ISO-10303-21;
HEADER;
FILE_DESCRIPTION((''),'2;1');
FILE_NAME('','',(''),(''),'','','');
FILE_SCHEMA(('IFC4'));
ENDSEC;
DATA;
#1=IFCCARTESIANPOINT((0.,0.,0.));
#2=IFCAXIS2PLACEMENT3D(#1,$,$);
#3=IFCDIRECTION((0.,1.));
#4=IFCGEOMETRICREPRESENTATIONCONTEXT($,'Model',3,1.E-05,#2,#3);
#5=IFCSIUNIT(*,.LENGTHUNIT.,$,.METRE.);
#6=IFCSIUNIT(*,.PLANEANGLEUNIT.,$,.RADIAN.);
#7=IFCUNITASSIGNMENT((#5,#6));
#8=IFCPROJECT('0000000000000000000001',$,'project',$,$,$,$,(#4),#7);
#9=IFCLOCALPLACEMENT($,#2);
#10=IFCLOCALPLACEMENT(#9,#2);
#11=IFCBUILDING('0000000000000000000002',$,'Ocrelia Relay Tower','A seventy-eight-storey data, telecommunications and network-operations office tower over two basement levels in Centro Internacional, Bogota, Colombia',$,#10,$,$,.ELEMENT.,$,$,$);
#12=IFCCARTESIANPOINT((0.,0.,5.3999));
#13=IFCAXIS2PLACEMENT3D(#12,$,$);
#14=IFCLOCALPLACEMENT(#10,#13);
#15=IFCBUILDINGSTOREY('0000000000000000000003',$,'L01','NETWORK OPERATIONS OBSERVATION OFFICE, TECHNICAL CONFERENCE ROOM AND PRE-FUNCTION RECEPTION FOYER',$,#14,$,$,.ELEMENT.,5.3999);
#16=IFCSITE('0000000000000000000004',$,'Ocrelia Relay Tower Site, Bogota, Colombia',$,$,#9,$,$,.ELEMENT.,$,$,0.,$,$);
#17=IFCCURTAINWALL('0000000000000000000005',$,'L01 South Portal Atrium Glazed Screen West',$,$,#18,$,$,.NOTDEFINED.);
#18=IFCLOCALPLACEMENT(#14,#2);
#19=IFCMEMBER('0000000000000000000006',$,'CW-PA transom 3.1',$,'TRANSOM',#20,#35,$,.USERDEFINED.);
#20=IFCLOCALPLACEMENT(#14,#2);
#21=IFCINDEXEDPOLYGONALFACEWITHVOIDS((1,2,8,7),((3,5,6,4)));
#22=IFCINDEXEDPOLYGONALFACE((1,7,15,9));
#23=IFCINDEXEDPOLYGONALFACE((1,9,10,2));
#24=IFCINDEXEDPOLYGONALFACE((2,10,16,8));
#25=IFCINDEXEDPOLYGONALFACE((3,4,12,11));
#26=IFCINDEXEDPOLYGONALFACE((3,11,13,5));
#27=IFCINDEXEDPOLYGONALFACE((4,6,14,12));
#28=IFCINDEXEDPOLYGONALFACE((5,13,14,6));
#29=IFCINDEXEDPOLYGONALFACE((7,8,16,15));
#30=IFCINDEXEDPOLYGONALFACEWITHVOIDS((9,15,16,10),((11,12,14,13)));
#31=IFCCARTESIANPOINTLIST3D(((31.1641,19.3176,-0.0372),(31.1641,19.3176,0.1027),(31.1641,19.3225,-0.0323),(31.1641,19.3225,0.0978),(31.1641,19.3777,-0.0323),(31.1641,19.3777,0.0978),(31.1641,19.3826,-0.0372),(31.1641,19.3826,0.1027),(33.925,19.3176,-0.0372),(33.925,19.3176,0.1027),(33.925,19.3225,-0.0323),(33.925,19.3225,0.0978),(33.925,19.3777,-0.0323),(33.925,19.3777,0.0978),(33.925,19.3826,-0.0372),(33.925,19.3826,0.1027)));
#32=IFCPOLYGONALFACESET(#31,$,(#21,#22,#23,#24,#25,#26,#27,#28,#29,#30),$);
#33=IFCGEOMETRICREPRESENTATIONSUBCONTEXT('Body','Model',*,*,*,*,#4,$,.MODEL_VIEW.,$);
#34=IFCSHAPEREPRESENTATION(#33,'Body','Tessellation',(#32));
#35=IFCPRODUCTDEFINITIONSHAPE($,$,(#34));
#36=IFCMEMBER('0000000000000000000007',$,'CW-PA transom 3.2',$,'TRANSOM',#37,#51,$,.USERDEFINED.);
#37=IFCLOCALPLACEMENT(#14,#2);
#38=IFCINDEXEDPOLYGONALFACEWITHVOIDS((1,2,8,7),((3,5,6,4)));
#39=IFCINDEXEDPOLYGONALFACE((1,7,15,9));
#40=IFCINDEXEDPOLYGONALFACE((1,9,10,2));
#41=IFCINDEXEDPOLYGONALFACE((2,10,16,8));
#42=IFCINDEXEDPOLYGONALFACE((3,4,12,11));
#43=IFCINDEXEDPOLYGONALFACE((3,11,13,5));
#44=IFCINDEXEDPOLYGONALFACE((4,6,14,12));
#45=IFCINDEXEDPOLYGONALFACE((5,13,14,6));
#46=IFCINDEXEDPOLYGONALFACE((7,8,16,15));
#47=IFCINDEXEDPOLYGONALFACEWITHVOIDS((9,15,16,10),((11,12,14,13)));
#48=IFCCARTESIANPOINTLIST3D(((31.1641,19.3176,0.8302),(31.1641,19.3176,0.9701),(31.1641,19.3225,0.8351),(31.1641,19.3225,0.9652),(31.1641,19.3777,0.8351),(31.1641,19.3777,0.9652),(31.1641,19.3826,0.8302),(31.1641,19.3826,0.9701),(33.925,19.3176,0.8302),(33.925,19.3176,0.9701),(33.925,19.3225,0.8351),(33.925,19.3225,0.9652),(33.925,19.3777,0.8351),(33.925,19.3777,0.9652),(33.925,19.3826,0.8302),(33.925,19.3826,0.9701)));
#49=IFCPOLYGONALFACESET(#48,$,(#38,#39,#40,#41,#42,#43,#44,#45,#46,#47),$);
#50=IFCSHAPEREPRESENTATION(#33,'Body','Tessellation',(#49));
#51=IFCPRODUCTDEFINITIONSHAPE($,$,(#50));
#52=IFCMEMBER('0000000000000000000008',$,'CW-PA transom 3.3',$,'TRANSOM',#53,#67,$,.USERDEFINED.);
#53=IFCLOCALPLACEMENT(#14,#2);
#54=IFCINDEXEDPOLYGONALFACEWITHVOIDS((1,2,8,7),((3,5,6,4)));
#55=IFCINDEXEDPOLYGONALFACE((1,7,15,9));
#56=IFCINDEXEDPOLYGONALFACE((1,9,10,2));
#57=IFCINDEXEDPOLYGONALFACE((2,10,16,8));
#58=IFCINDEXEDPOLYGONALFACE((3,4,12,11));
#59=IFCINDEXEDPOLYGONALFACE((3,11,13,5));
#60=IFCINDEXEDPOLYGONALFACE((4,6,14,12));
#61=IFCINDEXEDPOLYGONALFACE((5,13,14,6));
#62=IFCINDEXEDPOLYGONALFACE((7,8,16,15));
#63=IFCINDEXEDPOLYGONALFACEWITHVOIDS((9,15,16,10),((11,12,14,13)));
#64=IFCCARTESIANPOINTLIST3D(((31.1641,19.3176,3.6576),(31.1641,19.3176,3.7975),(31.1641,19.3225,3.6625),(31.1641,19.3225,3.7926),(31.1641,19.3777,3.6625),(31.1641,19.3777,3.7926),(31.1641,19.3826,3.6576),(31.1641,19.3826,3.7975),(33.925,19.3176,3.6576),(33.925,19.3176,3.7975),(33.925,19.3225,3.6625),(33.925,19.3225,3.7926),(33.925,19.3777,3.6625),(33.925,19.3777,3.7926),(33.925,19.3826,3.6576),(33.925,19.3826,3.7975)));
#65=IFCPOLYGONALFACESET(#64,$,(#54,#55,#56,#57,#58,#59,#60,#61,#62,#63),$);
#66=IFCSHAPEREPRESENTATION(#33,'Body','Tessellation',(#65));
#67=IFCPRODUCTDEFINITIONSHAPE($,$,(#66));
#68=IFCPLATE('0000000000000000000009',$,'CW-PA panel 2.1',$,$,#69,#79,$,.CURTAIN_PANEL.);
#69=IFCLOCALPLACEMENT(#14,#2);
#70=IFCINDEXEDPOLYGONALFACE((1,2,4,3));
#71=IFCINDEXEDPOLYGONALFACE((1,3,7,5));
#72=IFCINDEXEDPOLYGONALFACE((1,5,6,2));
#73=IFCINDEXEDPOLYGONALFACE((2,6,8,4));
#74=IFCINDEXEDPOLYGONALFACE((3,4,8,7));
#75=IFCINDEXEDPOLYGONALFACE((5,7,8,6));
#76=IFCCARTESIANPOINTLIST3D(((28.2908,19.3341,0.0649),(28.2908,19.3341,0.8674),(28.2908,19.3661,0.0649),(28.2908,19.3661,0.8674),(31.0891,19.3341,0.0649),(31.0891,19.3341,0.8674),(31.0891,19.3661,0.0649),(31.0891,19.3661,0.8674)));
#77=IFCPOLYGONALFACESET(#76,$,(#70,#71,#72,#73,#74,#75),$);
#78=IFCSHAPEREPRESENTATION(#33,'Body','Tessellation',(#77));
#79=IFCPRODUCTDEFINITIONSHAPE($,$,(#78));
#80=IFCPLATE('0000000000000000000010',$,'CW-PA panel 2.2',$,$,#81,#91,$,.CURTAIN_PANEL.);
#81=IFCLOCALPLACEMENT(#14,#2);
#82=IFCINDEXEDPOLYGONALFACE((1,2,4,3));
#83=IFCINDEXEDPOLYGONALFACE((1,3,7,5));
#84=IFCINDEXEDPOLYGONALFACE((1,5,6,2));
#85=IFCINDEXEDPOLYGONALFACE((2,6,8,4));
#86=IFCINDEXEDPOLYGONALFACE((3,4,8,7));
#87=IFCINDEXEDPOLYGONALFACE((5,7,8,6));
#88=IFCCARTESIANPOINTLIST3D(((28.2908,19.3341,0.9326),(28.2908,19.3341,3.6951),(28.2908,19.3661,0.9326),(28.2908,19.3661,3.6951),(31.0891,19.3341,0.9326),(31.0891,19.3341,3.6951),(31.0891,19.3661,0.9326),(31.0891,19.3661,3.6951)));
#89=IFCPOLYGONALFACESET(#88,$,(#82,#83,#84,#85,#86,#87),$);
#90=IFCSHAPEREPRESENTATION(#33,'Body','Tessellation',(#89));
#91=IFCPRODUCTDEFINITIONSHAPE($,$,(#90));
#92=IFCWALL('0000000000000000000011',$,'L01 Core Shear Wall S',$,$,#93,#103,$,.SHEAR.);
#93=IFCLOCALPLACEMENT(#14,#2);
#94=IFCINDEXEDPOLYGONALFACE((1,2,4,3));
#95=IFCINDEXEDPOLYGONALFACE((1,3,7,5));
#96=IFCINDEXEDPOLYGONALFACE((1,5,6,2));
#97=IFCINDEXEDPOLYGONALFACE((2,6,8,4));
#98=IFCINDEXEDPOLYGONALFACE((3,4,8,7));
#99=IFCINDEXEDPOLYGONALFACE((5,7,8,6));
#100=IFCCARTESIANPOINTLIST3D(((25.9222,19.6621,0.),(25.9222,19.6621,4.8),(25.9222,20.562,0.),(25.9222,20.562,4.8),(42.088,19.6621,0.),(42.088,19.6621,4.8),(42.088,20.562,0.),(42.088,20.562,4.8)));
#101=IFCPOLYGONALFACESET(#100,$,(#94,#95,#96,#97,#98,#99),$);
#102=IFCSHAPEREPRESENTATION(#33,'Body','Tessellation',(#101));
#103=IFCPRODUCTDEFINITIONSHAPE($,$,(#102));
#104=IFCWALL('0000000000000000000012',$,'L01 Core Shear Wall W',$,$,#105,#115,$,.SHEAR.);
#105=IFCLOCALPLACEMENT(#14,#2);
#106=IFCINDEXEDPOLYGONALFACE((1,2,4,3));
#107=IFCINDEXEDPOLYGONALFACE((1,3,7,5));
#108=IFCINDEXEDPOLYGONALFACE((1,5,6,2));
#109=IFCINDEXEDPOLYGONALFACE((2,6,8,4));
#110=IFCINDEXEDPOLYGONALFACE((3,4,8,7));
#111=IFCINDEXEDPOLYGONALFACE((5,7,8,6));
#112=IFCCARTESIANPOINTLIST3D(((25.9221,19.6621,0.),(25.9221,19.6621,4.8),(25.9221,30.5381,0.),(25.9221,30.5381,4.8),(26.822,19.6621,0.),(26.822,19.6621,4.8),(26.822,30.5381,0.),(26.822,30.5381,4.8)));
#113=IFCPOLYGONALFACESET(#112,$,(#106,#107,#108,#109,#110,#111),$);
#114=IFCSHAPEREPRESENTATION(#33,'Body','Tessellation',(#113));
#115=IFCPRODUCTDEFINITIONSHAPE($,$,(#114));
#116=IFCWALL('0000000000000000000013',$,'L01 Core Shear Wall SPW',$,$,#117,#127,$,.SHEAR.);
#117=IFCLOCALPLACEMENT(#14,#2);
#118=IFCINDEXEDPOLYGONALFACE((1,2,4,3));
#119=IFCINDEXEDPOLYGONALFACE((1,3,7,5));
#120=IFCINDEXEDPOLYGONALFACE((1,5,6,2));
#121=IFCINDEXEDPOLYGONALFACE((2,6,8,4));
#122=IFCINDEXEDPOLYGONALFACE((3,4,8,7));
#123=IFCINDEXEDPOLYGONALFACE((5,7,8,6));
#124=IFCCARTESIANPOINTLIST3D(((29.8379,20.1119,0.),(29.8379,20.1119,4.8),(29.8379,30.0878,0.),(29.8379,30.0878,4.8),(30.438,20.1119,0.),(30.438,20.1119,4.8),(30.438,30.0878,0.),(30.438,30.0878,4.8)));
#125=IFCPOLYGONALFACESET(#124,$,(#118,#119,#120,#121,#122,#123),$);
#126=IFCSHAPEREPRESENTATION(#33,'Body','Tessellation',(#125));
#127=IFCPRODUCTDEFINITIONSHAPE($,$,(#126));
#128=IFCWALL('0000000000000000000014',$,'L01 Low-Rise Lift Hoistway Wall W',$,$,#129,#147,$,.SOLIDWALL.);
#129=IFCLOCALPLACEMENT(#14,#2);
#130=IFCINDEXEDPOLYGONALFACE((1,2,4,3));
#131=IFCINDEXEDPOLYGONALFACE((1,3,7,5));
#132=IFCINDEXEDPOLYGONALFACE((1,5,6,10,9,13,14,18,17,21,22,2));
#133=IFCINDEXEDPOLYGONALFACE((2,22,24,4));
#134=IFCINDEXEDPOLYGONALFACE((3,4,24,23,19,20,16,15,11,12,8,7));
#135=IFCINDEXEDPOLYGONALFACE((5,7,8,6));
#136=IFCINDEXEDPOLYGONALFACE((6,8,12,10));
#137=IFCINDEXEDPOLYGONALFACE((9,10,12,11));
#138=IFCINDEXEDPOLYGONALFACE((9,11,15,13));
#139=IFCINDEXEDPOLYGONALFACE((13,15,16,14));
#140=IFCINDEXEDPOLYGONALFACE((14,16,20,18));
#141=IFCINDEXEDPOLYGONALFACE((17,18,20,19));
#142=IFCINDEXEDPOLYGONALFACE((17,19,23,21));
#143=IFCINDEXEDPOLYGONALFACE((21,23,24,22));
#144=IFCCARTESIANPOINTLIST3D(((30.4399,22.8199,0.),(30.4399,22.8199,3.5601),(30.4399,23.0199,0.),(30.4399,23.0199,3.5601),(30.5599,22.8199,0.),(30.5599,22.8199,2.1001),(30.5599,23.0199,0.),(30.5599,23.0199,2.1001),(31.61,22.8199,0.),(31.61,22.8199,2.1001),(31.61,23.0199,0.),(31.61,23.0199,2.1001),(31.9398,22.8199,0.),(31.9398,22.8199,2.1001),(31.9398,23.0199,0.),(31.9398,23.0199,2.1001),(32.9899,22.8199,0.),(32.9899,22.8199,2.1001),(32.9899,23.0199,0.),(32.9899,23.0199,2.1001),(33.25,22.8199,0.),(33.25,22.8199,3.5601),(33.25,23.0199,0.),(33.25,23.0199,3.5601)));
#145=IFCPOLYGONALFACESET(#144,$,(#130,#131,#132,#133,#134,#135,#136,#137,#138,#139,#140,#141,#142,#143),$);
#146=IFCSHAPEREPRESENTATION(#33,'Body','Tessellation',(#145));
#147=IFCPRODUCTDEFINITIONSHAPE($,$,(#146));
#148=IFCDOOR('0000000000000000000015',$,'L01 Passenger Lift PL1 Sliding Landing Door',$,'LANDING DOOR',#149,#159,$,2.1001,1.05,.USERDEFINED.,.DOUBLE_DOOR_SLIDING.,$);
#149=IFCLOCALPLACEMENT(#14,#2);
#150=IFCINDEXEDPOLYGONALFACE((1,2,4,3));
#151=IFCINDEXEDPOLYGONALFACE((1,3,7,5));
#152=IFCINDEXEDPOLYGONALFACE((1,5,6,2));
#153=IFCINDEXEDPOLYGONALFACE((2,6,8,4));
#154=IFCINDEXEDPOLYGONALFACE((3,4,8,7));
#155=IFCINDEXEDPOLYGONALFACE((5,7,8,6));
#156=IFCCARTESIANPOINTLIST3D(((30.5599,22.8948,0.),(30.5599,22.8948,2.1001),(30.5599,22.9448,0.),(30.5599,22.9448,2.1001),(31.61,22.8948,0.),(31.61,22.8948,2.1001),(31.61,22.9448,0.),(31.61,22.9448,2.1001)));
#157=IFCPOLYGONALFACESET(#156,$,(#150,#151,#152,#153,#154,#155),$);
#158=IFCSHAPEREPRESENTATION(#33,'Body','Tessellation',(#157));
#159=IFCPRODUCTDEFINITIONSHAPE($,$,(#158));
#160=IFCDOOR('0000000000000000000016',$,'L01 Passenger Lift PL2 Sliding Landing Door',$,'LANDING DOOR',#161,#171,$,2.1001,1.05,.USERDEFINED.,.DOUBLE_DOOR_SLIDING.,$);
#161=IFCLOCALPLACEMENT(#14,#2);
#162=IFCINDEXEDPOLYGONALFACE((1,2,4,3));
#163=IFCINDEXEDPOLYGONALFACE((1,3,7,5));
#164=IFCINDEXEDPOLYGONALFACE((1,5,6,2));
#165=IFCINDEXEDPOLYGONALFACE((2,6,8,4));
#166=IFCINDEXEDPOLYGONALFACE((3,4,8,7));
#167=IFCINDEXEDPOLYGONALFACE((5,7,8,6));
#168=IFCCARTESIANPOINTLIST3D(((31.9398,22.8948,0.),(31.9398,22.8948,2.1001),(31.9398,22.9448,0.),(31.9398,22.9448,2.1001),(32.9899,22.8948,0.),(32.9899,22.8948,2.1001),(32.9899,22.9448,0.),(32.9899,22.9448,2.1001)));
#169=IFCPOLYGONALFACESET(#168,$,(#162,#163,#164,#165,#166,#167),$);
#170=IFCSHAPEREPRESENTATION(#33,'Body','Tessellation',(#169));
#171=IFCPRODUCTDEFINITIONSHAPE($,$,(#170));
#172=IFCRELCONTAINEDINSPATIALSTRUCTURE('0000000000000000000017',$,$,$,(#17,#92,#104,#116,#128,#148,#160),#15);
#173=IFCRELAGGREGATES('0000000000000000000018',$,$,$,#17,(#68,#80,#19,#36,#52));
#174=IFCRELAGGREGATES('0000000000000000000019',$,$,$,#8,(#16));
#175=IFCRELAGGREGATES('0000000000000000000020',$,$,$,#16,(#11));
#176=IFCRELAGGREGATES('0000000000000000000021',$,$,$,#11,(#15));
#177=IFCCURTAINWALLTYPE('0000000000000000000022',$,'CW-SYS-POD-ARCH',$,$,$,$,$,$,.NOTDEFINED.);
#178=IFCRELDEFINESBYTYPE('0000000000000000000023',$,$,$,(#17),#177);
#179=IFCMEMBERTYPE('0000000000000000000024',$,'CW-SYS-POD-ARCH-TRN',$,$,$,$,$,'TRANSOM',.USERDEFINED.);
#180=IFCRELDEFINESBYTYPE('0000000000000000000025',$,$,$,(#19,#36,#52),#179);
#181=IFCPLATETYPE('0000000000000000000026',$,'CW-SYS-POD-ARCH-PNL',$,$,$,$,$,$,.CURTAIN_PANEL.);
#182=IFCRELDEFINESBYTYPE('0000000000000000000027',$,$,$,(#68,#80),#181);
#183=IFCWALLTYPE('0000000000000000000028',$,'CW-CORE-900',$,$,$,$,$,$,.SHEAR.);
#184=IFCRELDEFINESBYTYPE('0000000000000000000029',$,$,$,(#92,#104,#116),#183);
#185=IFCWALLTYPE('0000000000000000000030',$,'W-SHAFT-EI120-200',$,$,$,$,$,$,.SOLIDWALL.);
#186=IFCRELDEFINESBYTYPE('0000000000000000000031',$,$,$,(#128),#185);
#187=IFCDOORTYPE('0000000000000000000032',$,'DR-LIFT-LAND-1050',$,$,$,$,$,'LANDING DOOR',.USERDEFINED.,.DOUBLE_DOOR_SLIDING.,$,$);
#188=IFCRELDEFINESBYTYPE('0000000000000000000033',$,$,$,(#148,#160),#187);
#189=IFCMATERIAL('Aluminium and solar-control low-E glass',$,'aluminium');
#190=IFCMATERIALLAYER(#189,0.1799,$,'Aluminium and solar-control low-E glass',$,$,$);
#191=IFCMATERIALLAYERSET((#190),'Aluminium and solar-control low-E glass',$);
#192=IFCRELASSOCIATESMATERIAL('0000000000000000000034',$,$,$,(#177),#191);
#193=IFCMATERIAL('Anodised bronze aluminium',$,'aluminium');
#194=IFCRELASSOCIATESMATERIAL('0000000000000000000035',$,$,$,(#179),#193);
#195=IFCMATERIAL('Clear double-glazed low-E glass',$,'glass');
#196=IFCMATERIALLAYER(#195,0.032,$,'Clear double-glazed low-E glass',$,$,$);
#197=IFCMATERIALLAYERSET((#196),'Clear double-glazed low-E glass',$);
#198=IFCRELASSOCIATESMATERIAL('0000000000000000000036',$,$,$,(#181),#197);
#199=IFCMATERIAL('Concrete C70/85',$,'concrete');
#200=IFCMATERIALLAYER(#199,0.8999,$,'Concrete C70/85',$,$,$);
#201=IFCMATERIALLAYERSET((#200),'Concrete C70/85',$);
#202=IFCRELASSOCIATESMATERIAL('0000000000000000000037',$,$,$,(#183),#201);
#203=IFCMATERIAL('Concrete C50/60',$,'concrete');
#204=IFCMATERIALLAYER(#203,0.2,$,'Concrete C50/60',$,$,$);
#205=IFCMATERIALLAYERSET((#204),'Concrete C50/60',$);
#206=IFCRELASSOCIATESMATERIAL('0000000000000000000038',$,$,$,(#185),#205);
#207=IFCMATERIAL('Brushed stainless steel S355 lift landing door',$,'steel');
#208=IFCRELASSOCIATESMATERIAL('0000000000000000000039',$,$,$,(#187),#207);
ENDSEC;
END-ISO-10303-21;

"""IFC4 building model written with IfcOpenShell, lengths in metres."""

from ifc_helpers import new_model, si_unit, direction, frame, frame_2d, origin, origin_2d, place, context, subcontext, project, spatial, rectangle, hollow_rectangle, extrude, material, layer, layer_set, material_profile, profile_set, type_object, element, fill, aggregate, save


model = new_model("IFC4")

# Units and contexts
model_context = context("Model", 3, precision=1e-05, world=origin(), true_north=direction((0.0, 1.0)))
body_context = subcontext(model_context, "Body", "Model", "MODEL_VIEW")
ifc_project = project(units=[si_unit("LENGTHUNIT", "METRE"), si_unit("PLANEANGLEUNIT", "RADIAN")], contexts=[model_context])

# Site, building, storey
site_placement = place(None, origin())
site = spatial("IfcSite", under=ifc_project, at=site_placement, Name="Ocrelia Relay Tower Site, Bogota, Colombia", CompositionType="ELEMENT", RefElevation=0.0)
building_placement = place(site_placement, origin())
building = spatial("IfcBuilding", under=site, at=building_placement, Name="Ocrelia Relay Tower", Description="A seventy-eight-storey data, telecommunications and network-operations office tower over two basement levels in Centro Internacional, Bogota, Colombia", CompositionType="ELEMENT")
storey_placement = place(building_placement, frame((0.0, 0.0, 5.3999)))
storey = spatial("IfcBuildingStorey", under=building, at=storey_placement, Name="L01", Description="NETWORK OPERATIONS OBSERVATION OFFICE, TECHNICAL CONFERENCE ROOM AND PRE-FUNCTION RECEPTION FOYER", CompositionType="ELEMENT", Elevation=5.3999)

# Curtain wall, members, plates
ifc_material_1 = material(Name="Aluminium and solar-control low-E glass", Category="aluminium")
ifc_layer_1 = layer(ifc_material_1, 0.1799, Name="Aluminium and solar-control low-E glass")
ifc_layer_set_1 = layer_set([ifc_layer_1], Name="Aluminium and solar-control low-E glass")
curtain_wall_type = type_object("IfcCurtainWallType", Name="CW-SYS-POD-ARCH", PredefinedType="NOTDEFINED", material=ifc_layer_set_1)
curtain_wall_placement = place(storey_placement, origin())
curtain_wall = element("IfcCurtainWall", 1, at=curtain_wall_placement, inside=storey, type_object=curtain_wall_type, Name="L01 South Portal Atrium Glazed Screen West", PredefinedType="NOTDEFINED")
ifc_material_2 = material(Name="Anodised bronze aluminium", Category="aluminium")
ifc_material_profile_1 = material_profile(ifc_material_2, hollow_rectangle(XDim=0.0649, YDim=0.1399, WallThickness=0.0049, at=origin_2d()), Name="CW-TRN-140x65")
ifc_profile_set_1 = profile_set([ifc_material_profile_1], Name="Anodised bronze aluminium")
member_type_1 = type_object("IfcMemberType", Name="CW-SYS-POD-ARCH-TRN", ElementType="TRANSOM", PredefinedType="USERDEFINED", material=ifc_profile_set_1)
member_1_placement = place(storey_placement, frame((31.1641, 19.3501, 0.0327), z_axis=(1.0, 0.0, 0.0), x_axis=(0.0, 1.0, 0.0)))
member_1 = element("IfcMember", 2, at=member_1_placement, type_object=member_type_1, Name="CW-PA transom 3.1", ObjectType="TRANSOM", PredefinedType="USERDEFINED", context=body_context, shape_type="SweptSolid", body=[
    extrude(hollow_rectangle(XDim=0.0649, YDim=0.1399, WallThickness=0.0049, at=origin_2d()), origin(), (0.0, 0.0, 1.0), 2.761),
])
member_2_placement = place(storey_placement, frame((31.1641, 19.3501, 0.9001), z_axis=(1.0, 0.0, 0.0), x_axis=(0.0, 1.0, 0.0)))
member_2 = element("IfcMember", 3, at=member_2_placement, type_object=member_type_1, Name="CW-PA transom 3.2", ObjectType="TRANSOM", PredefinedType="USERDEFINED", context=body_context, shape_type="SweptSolid", body=[
    extrude(hollow_rectangle(XDim=0.0649, YDim=0.1399, WallThickness=0.0049, at=origin_2d()), origin(), (0.0, 0.0, 1.0), 2.761),
])
member_3_placement = place(storey_placement, frame((31.1641, 19.3501, 3.7275), z_axis=(1.0, 0.0, 0.0), x_axis=(0.0, 1.0, 0.0)))
member_3 = element("IfcMember", 4, at=member_3_placement, type_object=member_type_1, Name="CW-PA transom 3.3", ObjectType="TRANSOM", PredefinedType="USERDEFINED", context=body_context, shape_type="SweptSolid", body=[
    extrude(hollow_rectangle(XDim=0.0649, YDim=0.1399, WallThickness=0.0049, at=origin_2d()), origin(), (0.0, 0.0, 1.0), 2.761),
])
ifc_material_3 = material(Name="Clear double-glazed low-E glass", Category="glass")
ifc_layer_2 = layer(ifc_material_3, 0.032, Name="Clear double-glazed low-E glass")
ifc_layer_set_2 = layer_set([ifc_layer_2], Name="Clear double-glazed low-E glass")
plate_type = type_object("IfcPlateType", Name="CW-SYS-POD-ARCH-PNL", PredefinedType="CURTAIN_PANEL", material=ifc_layer_set_2)
plate_1_placement = place(storey_placement, frame((29.6899, 19.3501, 0.0649), z_axis=(0.0, 0.0, 1.0), x_axis=(1.0, 0.0, 0.0)))
plate_1 = element("IfcPlate", 5, at=plate_1_placement, type_object=plate_type, Name="CW-PA panel 2.1", PredefinedType="CURTAIN_PANEL", context=body_context, shape_type="SweptSolid", body=[
    extrude(rectangle(XDim=2.7983, YDim=0.032, at=origin_2d()), origin(), (0.0, 0.0, 1.0), 0.8025),
])
plate_2_placement = place(storey_placement, frame((29.6899, 19.3501, 0.9326), z_axis=(0.0, 0.0, 1.0), x_axis=(1.0, 0.0, 0.0)))
plate_2 = element("IfcPlate", 6, at=plate_2_placement, type_object=plate_type, Name="CW-PA panel 2.2", PredefinedType="CURTAIN_PANEL", context=body_context, shape_type="SweptSolid", body=[
    extrude(rectangle(XDim=2.7983, YDim=0.032, at=origin_2d()), origin(), (0.0, 0.0, 1.0), 2.7625),
])
aggregate(curtain_wall, [plate_1, plate_2, member_1, member_2, member_3])

# Walls
ifc_material_4 = material(Name="Concrete C70/85", Category="concrete")
ifc_layer_3 = layer(ifc_material_4, 0.8999, Name="Concrete C70/85")
ifc_layer_set_3 = layer_set([ifc_layer_3], Name="Concrete C70/85")
wall_type_1 = type_object("IfcWallType", Name="CW-CORE-900", PredefinedType="SHEAR", material=ifc_layer_set_3)
wall_1_placement = place(storey_placement, frame((25.9221, 20.1121, 0.0), z_axis=(0.0, 0.0, 1.0), x_axis=(1.0, 0.0, 0.0)))
element("IfcWall", 7, at=wall_1_placement, inside=storey, type_object=wall_type_1, Name="L01 Core Shear Wall S", PredefinedType="SHEAR", context=body_context, shape_type="SweptSolid", body=[
    extrude(rectangle(XDim=16.1658, YDim=0.8999, at=frame_2d((8.083, 0.0))), origin(), (0.0, 0.0, 1.0), 4.8),
])
wall_2_placement = place(storey_placement, frame((26.3721, 19.6621, 0.0), z_axis=(0.0, 0.0, 1.0), x_axis=(0.0, 1.0, 0.0)))
element("IfcWall", 8, at=wall_2_placement, inside=storey, type_object=wall_type_1, Name="L01 Core Shear Wall W", PredefinedType="SHEAR", context=body_context, shape_type="SweptSolid", body=[
    extrude(rectangle(XDim=10.876, YDim=0.8999, at=frame_2d((5.438, 0.0))), origin(), (0.0, 0.0, 1.0), 4.8),
])
wall_3_placement = place(storey_placement, frame((30.1379, 20.1121, 0.0), z_axis=(0.0, 0.0, 1.0), x_axis=(0.0, 1.0, 0.0)))
element("IfcWall", 9, at=wall_3_placement, inside=storey, type_object=wall_type_1, Name="L01 Core Shear Wall SPW", PredefinedType="SHEAR", context=body_context, shape_type="SweptSolid", body=[
    extrude(rectangle(XDim=9.9758, YDim=0.6001, at=frame_2d((4.9878, 0.0))), origin(), (0.0, 0.0, 1.0), 4.8),
])

# Wall, openings, doors
ifc_material_5 = material(Name="Concrete C50/60", Category="concrete")
ifc_layer_4 = layer(ifc_material_5, 0.2, Name="Concrete C50/60")
ifc_layer_set_4 = layer_set([ifc_layer_4], Name="Concrete C50/60")
wall_type_2 = type_object("IfcWallType", Name="W-SHAFT-EI120-200", PredefinedType="SOLIDWALL", material=ifc_layer_set_4)
wall_4_placement = place(storey_placement, frame((30.4399, 22.9199, 0.0), z_axis=(0.0, 0.0, 1.0), x_axis=(1.0, 0.0, 0.0)))
wall_4 = element("IfcWall", 10, at=wall_4_placement, inside=storey, type_object=wall_type_2, Name="L01 Low-Rise Lift Hoistway Wall W", PredefinedType="SOLIDWALL", context=body_context, shape_type="SweptSolid", body=[
    extrude(rectangle(XDim=2.8101, YDim=0.2, at=frame_2d((1.405, 0.0))), origin(), (0.0, 0.0, 1.0), 3.5601),
])
opening_1_placement = place(wall_4_placement, frame((0.1201, 0.0, 0.0)))
opening_1 = element("IfcOpeningElement", 11, at=opening_1_placement, cuts=wall_4, PredefinedType="OPENING", context=body_context, shape_type="SweptSolid", body=[
    extrude(rectangle(XDim=1.05, YDim=2.1001, at=frame_2d((0.5249, 1.05))), frame((0.0, 0.1099, 0.0), z_axis=(0.0, -1.0, 0.0), x_axis=(1.0, 0.0, 0.0)), (0.0, 0.0, 1.0), 0.22),
])
opening_2_placement = place(wall_4_placement, frame((1.5, 0.0, 0.0)))
opening_2 = element("IfcOpeningElement", 12, at=opening_2_placement, cuts=wall_4, PredefinedType="OPENING", context=body_context, shape_type="SweptSolid", body=[
    extrude(rectangle(XDim=1.05, YDim=2.1001, at=frame_2d((0.5249, 1.05))), frame((0.0, 0.1099, 0.0), z_axis=(0.0, -1.0, 0.0), x_axis=(1.0, 0.0, 0.0)), (0.0, 0.0, 1.0), 0.22),
])
ifc_material_6 = material(Name="Brushed stainless steel S355 lift landing door", Category="steel")
door_type = type_object("IfcDoorType", Name="DR-LIFT-LAND-1050", ElementType="LANDING DOOR", OperationType="DOUBLE_DOOR_SLIDING", PredefinedType="USERDEFINED", material=ifc_material_6)
door_1_placement = place(opening_1_placement, origin())
door_1 = element("IfcDoor", 13, at=door_1_placement, inside=storey, type_object=door_type, Name="L01 Passenger Lift PL1 Sliding Landing Door", ObjectType="LANDING DOOR", OperationType="DOUBLE_DOOR_SLIDING", OverallHeight=2.1001, OverallWidth=1.05, PredefinedType="USERDEFINED", context=body_context, shape_type="SweptSolid", body=[
    extrude(rectangle(XDim=1.05, YDim=2.1001, at=frame_2d((0.5249, 1.05))), frame((0.0, 0.0249, 0.0), z_axis=(0.0, -1.0, 0.0), x_axis=(1.0, 0.0, 0.0)), (0.0, 0.0, 1.0), 0.05),
])
fill(opening_1, door_1)
door_2_placement = place(opening_2_placement, origin())
door_2 = element("IfcDoor", 14, at=door_2_placement, inside=storey, type_object=door_type, Name="L01 Passenger Lift PL2 Sliding Landing Door", ObjectType="LANDING DOOR", OperationType="DOUBLE_DOOR_SLIDING", OverallHeight=2.1001, OverallWidth=1.05, PredefinedType="USERDEFINED", context=body_context, shape_type="SweptSolid", body=[
    extrude(rectangle(XDim=1.05, YDim=2.1001, at=frame_2d((0.5249, 1.05))), frame((0.0, 0.0249, 0.0), z_axis=(0.0, -1.0, 0.0), x_axis=(1.0, 0.0, 0.0)), (0.0, 0.0, 1.0), 0.05),
])
fill(opening_2, door_2)

save(model, "model.ifc")
